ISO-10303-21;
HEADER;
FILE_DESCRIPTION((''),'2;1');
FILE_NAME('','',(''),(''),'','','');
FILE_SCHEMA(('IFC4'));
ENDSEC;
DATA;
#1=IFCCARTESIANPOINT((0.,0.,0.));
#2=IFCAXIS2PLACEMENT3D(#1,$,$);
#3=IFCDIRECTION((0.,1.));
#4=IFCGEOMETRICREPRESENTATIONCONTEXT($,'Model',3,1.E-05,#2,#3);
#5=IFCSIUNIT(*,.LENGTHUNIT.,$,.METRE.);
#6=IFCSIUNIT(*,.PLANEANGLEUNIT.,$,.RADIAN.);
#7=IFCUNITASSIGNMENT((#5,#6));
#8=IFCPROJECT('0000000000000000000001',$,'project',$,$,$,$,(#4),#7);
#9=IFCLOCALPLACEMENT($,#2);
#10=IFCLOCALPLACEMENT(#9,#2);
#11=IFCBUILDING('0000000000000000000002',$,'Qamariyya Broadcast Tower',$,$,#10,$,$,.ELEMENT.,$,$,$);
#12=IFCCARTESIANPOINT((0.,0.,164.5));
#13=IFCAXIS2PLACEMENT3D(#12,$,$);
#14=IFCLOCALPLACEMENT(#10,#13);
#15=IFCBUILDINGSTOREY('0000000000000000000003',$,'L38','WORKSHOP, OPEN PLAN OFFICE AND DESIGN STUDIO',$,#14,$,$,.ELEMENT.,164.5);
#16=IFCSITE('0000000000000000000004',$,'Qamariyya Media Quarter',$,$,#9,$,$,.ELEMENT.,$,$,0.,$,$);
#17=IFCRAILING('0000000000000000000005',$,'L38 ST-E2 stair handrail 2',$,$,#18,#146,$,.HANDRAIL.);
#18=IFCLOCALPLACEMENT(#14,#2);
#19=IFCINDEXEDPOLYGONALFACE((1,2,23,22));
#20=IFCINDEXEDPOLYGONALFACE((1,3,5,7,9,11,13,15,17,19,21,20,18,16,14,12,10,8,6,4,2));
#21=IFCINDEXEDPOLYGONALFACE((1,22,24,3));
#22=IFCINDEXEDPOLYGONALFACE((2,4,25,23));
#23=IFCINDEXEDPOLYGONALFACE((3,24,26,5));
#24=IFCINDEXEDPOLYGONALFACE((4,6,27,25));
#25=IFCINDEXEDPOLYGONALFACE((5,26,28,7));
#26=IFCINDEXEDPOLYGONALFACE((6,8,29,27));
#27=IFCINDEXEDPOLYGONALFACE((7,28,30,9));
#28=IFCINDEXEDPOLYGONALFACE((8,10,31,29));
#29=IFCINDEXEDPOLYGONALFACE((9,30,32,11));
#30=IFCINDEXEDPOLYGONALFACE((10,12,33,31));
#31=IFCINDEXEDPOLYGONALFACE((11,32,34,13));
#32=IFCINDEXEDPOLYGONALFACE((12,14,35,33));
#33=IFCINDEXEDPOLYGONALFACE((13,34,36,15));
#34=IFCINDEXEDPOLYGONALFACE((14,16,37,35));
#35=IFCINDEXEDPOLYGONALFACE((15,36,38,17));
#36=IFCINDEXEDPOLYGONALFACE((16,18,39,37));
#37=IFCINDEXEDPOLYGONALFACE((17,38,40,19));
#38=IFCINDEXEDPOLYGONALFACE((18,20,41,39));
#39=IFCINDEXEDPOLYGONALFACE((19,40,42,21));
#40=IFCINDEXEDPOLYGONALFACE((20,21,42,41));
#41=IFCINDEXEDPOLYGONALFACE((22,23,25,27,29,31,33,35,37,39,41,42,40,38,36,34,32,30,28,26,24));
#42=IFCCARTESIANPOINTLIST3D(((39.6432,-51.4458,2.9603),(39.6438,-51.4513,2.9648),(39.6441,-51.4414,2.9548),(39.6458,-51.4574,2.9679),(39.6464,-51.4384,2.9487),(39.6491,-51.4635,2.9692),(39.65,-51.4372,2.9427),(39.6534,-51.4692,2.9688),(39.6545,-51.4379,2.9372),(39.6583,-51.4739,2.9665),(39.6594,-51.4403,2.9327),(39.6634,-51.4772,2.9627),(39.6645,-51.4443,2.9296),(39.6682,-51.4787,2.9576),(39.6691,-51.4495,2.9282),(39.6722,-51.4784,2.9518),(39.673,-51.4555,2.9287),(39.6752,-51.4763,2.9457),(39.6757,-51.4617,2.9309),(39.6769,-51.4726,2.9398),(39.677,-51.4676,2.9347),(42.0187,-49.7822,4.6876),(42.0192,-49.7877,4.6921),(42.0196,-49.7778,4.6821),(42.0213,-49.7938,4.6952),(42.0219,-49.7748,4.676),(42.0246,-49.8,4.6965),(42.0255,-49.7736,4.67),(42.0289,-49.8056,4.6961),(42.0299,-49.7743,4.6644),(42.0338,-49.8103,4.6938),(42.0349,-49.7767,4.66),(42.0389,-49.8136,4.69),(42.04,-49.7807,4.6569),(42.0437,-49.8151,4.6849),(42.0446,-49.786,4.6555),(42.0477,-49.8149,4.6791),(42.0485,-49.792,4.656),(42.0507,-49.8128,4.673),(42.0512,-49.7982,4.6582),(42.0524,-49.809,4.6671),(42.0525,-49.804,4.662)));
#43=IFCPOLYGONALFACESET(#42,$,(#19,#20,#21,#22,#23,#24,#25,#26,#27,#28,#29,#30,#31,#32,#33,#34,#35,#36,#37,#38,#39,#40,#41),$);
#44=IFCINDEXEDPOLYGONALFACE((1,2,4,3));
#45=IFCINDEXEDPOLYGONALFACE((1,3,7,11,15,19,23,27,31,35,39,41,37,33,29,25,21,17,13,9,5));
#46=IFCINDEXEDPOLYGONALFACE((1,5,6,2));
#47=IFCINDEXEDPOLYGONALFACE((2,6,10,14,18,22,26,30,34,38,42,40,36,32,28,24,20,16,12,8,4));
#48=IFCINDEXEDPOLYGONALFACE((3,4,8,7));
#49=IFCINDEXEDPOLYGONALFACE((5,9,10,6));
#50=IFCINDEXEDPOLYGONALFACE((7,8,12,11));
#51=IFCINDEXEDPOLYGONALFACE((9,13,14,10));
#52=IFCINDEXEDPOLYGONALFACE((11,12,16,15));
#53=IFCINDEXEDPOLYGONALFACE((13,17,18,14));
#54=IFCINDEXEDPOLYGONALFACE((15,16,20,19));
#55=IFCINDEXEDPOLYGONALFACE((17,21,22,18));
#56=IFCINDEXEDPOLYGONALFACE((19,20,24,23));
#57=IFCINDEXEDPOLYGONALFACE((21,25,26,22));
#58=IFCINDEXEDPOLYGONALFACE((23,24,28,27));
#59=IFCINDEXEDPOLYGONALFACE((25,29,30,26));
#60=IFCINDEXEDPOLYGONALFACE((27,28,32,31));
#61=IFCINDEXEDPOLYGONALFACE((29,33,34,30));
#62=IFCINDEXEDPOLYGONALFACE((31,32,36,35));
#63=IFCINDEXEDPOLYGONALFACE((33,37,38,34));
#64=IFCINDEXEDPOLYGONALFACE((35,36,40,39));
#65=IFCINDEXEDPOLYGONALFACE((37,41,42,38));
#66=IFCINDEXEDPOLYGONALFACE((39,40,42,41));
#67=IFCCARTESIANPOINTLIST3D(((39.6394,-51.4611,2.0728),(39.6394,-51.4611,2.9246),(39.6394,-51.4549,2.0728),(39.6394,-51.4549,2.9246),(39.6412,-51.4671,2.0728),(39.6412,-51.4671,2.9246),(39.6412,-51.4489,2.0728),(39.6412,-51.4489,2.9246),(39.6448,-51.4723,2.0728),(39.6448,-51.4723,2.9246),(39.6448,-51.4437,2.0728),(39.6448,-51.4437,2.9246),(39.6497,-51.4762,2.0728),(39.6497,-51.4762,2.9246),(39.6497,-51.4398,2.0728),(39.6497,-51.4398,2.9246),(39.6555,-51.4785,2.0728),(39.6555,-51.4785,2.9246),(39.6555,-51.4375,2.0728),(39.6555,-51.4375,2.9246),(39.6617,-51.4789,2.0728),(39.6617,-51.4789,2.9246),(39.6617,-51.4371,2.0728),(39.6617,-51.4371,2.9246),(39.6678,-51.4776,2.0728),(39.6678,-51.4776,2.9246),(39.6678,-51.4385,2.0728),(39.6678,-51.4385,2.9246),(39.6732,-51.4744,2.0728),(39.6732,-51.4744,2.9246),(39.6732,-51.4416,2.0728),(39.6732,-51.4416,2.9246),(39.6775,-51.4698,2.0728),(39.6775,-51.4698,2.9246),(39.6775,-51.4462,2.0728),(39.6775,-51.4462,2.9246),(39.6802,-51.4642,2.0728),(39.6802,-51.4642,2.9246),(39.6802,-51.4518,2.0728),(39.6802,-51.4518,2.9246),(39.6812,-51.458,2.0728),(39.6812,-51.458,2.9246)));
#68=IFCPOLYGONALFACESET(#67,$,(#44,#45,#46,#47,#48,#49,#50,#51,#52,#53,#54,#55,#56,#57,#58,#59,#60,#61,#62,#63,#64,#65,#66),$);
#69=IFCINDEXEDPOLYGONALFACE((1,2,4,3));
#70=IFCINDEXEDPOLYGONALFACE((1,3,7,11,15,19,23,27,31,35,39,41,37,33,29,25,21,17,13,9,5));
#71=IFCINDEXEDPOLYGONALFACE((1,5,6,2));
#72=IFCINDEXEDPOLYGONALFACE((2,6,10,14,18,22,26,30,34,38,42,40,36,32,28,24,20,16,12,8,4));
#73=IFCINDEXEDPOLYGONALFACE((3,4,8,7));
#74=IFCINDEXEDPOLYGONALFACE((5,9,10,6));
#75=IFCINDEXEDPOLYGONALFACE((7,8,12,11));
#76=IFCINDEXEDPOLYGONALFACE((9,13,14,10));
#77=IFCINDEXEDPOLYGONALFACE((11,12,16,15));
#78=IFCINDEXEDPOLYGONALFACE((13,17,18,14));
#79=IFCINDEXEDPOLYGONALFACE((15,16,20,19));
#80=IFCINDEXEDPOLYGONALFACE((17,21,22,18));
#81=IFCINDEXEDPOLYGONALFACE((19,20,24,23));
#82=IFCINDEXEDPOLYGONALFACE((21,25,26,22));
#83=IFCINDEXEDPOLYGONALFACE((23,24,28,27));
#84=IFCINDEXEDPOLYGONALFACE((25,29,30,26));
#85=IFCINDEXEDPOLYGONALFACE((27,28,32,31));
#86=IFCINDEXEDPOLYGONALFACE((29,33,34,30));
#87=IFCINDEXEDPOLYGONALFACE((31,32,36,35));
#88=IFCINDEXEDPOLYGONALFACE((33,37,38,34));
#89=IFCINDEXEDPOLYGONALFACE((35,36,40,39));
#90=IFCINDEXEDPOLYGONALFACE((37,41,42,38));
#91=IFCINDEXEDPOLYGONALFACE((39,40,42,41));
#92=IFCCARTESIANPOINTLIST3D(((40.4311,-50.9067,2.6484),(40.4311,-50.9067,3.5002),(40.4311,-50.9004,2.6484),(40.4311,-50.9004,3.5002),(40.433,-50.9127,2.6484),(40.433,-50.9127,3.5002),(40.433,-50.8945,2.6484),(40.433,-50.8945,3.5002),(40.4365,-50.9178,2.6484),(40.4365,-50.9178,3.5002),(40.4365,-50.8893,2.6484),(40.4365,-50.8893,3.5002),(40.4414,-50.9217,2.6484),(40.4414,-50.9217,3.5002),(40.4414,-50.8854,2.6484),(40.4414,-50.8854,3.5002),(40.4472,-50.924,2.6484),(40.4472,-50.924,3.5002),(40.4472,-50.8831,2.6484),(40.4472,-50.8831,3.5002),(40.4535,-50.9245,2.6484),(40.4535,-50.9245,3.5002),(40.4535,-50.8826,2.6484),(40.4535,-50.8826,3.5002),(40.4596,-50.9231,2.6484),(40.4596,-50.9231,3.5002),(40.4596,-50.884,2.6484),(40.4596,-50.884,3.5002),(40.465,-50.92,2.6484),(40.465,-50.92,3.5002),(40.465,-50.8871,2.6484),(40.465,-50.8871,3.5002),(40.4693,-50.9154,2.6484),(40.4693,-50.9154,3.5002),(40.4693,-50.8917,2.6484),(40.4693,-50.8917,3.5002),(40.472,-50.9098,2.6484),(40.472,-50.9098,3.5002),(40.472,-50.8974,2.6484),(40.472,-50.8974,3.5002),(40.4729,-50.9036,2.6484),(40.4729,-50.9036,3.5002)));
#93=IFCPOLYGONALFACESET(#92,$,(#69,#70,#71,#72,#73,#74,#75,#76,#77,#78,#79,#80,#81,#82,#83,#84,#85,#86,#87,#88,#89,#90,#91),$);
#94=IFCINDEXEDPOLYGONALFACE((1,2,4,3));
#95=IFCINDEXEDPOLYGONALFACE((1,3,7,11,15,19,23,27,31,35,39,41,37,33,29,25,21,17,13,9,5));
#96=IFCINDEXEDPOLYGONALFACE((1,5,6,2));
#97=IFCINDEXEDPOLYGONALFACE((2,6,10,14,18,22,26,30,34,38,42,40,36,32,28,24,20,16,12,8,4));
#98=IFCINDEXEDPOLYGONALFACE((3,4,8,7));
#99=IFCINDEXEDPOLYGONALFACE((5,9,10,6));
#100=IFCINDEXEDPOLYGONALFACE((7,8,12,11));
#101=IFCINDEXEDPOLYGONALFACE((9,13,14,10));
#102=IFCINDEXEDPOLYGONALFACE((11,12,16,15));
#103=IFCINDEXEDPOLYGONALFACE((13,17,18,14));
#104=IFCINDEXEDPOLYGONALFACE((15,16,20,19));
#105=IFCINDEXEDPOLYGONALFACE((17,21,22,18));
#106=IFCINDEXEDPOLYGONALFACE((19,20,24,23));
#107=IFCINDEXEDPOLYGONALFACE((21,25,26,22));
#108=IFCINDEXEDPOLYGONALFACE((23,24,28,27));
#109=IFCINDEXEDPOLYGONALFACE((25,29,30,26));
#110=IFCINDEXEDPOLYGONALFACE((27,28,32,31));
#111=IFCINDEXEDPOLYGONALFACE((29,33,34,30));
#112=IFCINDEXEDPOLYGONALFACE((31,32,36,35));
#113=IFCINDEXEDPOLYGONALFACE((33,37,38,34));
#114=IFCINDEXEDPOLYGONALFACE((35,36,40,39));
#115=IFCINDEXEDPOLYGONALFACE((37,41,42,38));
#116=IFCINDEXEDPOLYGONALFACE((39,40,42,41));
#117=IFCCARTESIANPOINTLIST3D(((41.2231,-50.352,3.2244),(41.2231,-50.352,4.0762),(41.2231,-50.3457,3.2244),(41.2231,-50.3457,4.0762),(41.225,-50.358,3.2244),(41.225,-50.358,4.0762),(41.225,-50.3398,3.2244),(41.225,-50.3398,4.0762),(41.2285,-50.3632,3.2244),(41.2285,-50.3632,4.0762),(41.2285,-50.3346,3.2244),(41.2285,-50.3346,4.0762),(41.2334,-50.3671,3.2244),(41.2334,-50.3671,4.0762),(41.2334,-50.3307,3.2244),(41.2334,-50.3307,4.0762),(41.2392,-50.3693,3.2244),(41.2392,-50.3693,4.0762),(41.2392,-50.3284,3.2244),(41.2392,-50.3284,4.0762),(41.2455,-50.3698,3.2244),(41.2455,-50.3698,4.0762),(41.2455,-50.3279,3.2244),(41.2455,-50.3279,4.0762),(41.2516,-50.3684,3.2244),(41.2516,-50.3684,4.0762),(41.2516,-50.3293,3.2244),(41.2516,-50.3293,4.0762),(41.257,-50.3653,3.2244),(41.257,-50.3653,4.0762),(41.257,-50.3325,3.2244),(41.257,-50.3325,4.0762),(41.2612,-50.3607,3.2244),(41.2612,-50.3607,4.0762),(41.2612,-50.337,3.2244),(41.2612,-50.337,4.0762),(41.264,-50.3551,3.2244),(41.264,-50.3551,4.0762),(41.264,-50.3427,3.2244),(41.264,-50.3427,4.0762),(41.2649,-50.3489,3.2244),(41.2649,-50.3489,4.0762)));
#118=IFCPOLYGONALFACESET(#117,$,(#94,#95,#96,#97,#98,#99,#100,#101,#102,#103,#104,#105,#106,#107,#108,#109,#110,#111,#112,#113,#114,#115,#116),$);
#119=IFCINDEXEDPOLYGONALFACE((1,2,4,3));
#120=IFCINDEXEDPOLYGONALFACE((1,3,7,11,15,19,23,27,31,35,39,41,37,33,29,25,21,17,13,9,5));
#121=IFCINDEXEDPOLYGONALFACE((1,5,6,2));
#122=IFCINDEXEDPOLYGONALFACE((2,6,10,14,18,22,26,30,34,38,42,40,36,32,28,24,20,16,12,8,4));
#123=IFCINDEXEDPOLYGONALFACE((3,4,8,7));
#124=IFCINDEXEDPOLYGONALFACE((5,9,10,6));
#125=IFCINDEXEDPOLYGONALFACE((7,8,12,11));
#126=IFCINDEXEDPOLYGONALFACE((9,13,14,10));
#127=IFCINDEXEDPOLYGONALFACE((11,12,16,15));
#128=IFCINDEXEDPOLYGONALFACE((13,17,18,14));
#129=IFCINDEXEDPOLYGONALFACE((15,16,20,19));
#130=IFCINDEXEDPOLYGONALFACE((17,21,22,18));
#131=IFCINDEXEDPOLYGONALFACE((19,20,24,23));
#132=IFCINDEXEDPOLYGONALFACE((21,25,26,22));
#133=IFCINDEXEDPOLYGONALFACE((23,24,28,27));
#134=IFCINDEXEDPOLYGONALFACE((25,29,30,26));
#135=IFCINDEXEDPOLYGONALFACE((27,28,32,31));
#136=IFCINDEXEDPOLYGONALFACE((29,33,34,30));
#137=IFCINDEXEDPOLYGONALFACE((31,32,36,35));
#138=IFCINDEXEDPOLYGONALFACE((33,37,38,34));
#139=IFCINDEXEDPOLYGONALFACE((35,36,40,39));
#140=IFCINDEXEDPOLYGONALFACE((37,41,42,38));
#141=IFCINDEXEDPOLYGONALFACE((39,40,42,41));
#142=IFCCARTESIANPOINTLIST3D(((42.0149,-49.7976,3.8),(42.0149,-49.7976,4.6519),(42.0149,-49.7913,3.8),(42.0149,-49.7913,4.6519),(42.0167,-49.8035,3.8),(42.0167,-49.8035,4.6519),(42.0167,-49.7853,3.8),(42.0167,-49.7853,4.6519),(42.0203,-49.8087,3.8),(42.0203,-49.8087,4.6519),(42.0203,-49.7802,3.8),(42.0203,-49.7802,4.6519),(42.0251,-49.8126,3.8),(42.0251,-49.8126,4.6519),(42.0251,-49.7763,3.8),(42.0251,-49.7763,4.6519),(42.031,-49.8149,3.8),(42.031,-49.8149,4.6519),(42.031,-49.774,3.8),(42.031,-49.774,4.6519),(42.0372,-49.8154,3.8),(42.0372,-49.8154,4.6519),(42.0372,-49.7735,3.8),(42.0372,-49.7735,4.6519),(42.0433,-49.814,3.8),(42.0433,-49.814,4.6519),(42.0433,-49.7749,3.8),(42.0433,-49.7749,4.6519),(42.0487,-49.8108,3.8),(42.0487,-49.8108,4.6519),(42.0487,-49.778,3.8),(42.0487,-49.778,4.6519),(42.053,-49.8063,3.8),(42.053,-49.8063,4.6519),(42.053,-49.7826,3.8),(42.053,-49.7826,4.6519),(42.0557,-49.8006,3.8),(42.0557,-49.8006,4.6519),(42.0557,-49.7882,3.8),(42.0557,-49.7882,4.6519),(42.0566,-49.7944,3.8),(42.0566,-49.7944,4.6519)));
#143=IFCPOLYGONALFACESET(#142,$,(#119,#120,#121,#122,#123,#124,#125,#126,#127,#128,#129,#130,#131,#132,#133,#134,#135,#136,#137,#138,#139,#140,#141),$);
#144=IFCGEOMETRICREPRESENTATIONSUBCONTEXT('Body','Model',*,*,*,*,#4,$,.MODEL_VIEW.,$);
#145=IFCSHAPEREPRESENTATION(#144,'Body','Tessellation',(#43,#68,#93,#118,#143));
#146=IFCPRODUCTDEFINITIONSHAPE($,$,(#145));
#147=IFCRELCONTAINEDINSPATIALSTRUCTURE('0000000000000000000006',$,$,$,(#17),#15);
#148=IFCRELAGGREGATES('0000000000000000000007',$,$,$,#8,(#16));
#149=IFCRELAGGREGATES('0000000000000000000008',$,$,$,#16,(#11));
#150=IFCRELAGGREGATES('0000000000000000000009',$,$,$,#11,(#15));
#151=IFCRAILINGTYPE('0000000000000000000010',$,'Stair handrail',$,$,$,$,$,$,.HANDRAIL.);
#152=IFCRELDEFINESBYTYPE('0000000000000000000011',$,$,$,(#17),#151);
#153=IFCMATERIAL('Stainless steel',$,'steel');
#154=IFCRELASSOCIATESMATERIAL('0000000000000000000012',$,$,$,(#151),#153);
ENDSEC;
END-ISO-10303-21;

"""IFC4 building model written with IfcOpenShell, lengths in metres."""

from ifc_helpers import new_model, si_unit, direction, frame, origin, origin_2d, place, context, subcontext, project, spatial, circle, extrude, material, type_object, element, save


model = new_model("IFC4")

# Units and contexts
model_context = context("Model", 3, precision=1e-05, world=origin(), true_north=direction((0.0, 1.0)))
body_context = subcontext(model_context, "Body", "Model", "MODEL_VIEW")
ifc_project = project(units=[si_unit("LENGTHUNIT", "METRE"), si_unit("PLANEANGLEUNIT", "RADIAN")], contexts=[model_context])

# Site, building, storey
site_placement = place(None, origin())
site = spatial("IfcSite", under=ifc_project, at=site_placement, Name="Qamariyya Media Quarter", CompositionType="ELEMENT", RefElevation=0.0)
building_placement = place(site_placement, origin())
building = spatial("IfcBuilding", under=site, at=building_placement, Name="Qamariyya Broadcast Tower", CompositionType="ELEMENT")
storey_placement = place(building_placement, frame((0.0, 0.0, 164.5)))
storey = spatial("IfcBuildingStorey", under=building, at=storey_placement, Name="L38", Description="WORKSHOP, OPEN PLAN OFFICE AND DESIGN STUDIO", CompositionType="ELEMENT", Elevation=164.5)

# Railing
ifc_material_1 = material(Name="Stainless steel", Category="steel")
railing_type_1 = type_object("IfcRailingType", Name="Stair handrail", PredefinedType="HANDRAIL", material=ifc_material_1)
railing_1_placement = place(storey_placement, frame((39.6602, -51.458, 2.0728)))
element("IfcRailing", 1, at=railing_1_placement, inside=storey, type_object=railing_type_1, Name="L38 ST-E2 stair handrail 2", PredefinedType="HANDRAIL", context=body_context, shape_type="SweptSolid", body=[
    extrude(circle(Radius=0.0239, at=origin_2d()), frame((0.0, 0.0, 0.876), z_axis=(0.703745, 0.492838, 0.511716), x_axis=(-0.573632, 0.819113, 0.0)), (0.0, 0.0, 1.0), 3.3755),
    extrude(circle(Radius=0.021, at=origin_2d()), origin(), (0.0, 0.0, 1.0), 0.8518),
    extrude(circle(Radius=0.021, at=origin_2d()), frame((0.7917, 0.5544, 0.5757)), (0.0, 0.0, 1.0), 0.8518),
    extrude(circle(Radius=0.021, at=origin_2d()), frame((1.5837, 1.1091, 1.1516)), (0.0, 0.0, 1.0), 0.8518),
    extrude(circle(Radius=0.021, at=origin_2d()), frame((2.3755, 1.6636, 1.7273)), (0.0, 0.0, 1.0), 0.8518),
])

save(model, "model.ifc")
